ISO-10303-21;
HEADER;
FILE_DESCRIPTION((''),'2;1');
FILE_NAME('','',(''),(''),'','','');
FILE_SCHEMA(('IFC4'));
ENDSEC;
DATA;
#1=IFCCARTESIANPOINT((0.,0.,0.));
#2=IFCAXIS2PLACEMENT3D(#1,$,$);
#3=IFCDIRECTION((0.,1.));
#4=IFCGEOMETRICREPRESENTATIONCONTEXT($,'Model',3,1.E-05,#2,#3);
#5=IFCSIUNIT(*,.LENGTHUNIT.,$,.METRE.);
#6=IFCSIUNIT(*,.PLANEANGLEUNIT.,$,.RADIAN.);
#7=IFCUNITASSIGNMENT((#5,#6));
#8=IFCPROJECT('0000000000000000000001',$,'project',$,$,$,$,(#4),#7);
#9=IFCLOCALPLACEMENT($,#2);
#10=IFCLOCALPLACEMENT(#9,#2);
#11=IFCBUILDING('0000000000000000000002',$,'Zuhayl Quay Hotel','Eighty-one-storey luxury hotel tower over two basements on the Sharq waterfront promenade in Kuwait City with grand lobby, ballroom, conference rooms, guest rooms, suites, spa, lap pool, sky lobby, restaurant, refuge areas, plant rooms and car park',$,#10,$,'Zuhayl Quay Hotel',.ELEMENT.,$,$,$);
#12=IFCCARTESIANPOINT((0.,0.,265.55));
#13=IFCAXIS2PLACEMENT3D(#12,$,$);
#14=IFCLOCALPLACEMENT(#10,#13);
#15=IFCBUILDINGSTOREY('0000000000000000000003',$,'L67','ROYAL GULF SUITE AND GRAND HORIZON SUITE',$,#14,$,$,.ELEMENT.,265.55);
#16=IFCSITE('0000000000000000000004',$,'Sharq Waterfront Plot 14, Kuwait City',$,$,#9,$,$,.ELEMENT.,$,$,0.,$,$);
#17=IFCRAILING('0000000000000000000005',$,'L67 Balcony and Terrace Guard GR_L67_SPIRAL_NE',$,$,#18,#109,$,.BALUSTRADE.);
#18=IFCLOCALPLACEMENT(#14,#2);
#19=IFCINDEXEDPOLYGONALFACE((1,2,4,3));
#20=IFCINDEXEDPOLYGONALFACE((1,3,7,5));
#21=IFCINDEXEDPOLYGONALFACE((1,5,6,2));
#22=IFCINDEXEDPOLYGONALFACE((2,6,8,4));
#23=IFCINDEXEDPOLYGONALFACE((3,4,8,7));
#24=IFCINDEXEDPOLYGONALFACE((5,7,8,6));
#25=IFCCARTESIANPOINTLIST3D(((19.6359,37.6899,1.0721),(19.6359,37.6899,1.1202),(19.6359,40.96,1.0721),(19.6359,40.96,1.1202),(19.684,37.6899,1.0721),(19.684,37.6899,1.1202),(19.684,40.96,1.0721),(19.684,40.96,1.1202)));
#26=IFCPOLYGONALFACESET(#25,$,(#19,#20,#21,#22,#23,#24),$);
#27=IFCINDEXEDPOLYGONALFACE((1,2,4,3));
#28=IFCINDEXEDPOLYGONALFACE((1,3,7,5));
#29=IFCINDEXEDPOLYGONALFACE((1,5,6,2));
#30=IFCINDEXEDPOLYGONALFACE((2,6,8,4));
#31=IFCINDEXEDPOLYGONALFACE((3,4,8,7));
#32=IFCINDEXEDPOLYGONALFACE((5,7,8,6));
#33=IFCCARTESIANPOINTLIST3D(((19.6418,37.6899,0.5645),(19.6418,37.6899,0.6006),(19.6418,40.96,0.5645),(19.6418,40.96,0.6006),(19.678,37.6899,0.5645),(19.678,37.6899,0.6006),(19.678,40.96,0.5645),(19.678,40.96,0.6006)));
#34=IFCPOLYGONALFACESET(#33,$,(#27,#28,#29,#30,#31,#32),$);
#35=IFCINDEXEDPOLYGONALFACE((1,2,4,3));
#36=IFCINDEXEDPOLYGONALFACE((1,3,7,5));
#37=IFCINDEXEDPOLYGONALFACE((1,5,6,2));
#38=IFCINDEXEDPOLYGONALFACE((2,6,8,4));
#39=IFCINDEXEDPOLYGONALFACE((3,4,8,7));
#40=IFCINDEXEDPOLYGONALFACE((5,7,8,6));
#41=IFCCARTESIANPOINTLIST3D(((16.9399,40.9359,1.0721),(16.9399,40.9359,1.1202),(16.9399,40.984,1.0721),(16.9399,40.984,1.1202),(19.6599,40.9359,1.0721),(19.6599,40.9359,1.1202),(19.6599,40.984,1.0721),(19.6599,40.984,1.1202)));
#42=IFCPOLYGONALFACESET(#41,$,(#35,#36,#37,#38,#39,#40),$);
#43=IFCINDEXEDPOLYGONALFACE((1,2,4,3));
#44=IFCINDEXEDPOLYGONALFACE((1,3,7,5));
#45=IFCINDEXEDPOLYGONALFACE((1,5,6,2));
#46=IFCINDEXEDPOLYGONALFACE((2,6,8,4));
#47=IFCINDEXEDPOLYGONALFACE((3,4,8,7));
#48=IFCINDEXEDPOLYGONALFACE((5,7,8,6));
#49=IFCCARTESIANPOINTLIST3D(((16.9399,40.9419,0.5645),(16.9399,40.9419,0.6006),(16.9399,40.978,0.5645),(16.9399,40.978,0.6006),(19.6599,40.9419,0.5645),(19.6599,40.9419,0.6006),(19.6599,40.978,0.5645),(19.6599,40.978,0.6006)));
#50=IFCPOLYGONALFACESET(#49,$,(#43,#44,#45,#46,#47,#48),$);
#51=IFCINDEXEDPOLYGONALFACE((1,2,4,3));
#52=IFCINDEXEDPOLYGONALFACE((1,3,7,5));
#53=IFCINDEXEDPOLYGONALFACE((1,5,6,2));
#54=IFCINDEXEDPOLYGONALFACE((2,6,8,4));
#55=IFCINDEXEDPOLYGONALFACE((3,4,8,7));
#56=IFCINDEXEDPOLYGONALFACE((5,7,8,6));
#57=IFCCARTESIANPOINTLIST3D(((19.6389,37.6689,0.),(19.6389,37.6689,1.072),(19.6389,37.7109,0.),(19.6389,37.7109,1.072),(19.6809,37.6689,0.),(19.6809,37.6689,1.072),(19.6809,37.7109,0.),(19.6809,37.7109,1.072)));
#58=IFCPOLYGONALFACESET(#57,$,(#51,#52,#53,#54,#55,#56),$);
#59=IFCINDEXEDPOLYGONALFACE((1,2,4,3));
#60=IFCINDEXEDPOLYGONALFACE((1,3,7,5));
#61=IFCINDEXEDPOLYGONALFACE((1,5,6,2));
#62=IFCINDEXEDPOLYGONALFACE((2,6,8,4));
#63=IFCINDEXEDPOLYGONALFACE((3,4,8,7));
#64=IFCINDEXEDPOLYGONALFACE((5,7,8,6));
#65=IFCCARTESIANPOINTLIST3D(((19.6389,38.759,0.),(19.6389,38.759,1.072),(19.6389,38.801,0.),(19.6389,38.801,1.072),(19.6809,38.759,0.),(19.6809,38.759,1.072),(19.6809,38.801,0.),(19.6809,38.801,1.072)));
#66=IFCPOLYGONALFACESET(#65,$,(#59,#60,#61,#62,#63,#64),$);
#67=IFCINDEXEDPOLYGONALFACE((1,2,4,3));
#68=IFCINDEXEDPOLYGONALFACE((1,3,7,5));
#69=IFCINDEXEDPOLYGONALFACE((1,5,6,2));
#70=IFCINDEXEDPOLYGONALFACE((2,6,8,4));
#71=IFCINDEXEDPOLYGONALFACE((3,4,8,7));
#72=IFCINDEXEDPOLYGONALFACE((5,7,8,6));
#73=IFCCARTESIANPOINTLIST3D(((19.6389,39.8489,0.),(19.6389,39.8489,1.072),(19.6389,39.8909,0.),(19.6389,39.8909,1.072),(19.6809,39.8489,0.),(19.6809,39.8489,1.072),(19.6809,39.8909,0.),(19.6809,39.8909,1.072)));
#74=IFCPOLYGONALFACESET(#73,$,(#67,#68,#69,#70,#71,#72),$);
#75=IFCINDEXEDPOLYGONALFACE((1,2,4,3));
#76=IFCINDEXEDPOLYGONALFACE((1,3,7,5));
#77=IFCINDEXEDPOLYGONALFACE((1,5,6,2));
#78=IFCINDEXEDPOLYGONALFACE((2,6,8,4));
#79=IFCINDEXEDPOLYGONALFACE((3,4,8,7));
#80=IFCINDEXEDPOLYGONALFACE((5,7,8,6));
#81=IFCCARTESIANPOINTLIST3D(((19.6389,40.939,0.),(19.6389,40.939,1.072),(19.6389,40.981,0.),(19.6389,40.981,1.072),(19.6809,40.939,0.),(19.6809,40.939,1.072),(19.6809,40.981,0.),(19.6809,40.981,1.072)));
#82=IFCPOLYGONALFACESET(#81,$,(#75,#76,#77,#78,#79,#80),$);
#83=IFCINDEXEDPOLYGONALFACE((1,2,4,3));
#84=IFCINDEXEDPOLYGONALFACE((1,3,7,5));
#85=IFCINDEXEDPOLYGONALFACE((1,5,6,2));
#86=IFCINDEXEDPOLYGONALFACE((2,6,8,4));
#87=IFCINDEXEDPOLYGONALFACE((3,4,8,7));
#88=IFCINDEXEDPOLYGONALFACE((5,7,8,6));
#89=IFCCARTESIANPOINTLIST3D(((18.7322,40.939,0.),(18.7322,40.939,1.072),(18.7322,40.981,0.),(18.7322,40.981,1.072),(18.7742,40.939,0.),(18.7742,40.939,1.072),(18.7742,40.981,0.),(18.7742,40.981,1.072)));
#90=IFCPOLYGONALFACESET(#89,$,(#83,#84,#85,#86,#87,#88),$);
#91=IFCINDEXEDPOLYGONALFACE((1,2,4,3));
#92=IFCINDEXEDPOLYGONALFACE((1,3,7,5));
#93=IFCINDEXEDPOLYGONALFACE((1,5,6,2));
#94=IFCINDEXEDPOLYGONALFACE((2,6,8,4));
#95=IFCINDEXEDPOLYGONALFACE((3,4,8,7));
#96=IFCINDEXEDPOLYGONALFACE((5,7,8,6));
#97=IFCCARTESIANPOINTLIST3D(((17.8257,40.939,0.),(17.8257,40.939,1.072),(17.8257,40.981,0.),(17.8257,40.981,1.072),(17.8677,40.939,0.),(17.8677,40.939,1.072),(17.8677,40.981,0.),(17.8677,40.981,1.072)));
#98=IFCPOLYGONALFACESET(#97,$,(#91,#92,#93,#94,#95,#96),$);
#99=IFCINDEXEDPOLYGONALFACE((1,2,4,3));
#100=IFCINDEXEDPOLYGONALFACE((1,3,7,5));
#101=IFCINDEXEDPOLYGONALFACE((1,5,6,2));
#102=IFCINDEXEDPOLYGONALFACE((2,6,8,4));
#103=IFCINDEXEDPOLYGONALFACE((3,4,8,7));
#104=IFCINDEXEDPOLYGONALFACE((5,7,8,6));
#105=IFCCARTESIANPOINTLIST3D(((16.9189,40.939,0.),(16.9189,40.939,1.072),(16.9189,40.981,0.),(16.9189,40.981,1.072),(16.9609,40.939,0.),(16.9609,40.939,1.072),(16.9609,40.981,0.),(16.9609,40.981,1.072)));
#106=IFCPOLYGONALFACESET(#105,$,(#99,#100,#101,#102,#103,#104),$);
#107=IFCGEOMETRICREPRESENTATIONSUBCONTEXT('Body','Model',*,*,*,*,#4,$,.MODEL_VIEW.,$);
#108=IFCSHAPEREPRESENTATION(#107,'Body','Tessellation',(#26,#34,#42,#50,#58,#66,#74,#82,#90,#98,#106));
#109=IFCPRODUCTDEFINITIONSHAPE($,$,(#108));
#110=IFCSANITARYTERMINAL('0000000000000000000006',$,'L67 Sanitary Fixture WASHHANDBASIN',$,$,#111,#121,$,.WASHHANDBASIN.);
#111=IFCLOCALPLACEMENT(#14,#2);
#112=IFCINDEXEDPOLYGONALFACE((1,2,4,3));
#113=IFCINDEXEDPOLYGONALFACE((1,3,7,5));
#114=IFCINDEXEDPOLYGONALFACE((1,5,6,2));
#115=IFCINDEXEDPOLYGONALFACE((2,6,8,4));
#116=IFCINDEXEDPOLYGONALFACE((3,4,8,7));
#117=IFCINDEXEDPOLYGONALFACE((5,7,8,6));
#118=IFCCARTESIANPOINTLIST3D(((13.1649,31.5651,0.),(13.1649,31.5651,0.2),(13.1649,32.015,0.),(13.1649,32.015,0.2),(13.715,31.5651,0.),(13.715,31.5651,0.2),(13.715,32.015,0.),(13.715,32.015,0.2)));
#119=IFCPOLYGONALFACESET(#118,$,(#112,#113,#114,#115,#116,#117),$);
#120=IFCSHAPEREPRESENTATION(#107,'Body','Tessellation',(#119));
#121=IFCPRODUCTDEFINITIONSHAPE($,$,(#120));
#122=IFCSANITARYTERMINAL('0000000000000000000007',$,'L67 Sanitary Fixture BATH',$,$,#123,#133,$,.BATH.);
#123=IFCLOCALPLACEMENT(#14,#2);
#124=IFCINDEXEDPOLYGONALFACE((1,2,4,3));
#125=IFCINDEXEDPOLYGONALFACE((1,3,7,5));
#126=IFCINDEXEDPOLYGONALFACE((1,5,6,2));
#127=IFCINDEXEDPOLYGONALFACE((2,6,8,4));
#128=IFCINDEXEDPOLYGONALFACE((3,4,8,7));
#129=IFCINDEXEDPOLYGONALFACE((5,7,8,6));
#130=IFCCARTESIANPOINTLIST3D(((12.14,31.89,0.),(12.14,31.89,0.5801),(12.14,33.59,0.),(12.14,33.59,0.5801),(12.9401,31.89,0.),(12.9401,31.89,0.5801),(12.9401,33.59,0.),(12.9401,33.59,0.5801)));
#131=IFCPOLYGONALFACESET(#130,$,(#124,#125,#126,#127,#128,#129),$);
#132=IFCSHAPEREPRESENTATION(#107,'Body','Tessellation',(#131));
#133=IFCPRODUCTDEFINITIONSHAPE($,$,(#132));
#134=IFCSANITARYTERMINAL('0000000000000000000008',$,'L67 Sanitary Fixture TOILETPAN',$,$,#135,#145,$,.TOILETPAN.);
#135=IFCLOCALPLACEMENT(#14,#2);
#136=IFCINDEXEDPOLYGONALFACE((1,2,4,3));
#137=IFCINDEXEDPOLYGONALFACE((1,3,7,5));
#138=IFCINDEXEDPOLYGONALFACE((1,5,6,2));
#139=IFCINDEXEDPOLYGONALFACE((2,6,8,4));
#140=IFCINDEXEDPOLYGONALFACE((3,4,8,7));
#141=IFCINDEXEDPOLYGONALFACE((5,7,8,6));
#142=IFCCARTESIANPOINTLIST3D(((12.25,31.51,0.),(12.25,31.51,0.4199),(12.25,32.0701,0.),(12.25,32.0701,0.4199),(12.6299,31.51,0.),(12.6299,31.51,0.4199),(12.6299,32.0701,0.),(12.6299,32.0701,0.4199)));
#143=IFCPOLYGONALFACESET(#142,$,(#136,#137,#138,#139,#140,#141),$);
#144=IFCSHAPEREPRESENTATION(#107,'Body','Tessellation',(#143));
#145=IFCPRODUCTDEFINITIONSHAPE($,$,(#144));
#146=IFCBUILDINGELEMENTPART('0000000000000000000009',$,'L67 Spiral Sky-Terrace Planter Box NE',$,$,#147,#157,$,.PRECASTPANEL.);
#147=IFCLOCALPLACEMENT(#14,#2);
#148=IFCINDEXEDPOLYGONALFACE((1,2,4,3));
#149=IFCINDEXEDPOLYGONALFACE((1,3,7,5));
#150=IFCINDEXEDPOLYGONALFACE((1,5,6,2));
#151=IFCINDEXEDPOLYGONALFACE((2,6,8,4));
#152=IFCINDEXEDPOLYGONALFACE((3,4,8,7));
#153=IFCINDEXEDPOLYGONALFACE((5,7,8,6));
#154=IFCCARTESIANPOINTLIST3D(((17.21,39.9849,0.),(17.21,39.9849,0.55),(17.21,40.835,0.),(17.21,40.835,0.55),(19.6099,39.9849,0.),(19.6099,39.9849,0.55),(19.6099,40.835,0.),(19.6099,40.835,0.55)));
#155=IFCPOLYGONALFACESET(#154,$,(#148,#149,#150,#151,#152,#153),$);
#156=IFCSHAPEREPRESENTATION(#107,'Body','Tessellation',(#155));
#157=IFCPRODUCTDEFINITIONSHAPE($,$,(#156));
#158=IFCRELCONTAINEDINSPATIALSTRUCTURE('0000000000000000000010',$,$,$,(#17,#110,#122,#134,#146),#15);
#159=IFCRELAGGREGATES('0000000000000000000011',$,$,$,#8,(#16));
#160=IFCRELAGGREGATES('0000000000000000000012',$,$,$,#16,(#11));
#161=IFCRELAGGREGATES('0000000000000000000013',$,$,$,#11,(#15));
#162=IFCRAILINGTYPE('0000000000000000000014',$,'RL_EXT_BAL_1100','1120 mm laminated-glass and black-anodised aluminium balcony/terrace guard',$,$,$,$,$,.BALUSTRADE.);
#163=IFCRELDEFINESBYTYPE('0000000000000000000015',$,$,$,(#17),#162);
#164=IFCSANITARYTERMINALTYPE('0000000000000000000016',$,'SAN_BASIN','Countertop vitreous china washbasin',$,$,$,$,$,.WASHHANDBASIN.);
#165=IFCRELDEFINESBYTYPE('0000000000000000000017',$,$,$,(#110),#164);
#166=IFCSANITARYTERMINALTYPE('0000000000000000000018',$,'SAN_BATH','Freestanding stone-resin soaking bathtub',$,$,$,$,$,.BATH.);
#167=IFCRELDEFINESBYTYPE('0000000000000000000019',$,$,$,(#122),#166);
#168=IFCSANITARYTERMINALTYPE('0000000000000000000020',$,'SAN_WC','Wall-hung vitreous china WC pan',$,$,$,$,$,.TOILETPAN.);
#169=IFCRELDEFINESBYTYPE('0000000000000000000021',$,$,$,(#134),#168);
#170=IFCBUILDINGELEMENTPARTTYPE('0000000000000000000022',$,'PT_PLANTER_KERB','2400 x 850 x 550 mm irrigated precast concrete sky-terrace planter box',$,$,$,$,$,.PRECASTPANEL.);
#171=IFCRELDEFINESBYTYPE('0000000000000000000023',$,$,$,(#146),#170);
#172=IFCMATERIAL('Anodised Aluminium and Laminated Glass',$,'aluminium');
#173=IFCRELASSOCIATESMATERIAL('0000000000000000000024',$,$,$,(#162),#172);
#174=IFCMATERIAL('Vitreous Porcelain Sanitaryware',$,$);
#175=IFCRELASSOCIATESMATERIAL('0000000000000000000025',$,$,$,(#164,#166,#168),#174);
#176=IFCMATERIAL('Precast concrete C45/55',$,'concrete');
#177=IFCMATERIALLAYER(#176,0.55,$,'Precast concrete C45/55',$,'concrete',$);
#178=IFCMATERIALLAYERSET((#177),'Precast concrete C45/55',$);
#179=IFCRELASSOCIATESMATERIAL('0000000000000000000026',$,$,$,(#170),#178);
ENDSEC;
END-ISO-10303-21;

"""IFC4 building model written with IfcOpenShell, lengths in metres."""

from ifc_helpers import new_model, si_unit, direction, frame, origin, origin_2d, place, context, subcontext, project, spatial, rectangle, extrude, material, layer, layer_set, type_object, element, save


model = new_model("IFC4")

# Units and contexts
model_context = context("Model", 3, precision=1e-05, world=origin(), true_north=direction((0.0, 1.0)))
body_context = subcontext(model_context, "Body", "Model", "MODEL_VIEW")
ifc_project = project(units=[si_unit("LENGTHUNIT", "METRE"), si_unit("PLANEANGLEUNIT", "RADIAN")], contexts=[model_context])

# Site, building, storey
site_placement = place(None, origin())
site = spatial("IfcSite", under=ifc_project, at=site_placement, Name="Sharq Waterfront Plot 14, Kuwait City", CompositionType="ELEMENT", RefElevation=0.0)
building_placement = place(site_placement, origin())
building = spatial("IfcBuilding", under=site, at=building_placement, Name="Zuhayl Quay Hotel", Description="Eighty-one-storey luxury hotel tower over two basements on the Sharq waterfront promenade in Kuwait City with grand lobby, ballroom, conference rooms, guest rooms, suites, spa, lap pool, sky lobby, restaurant, refuge areas, plant rooms and car park", LongName="Zuhayl Quay Hotel", CompositionType="ELEMENT")
storey_placement = place(building_placement, frame((0.0, 0.0, 265.55)))
storey = spatial("IfcBuildingStorey", under=building, at=storey_placement, Name="L67", Description="ROYAL GULF SUITE AND GRAND HORIZON SUITE", CompositionType="ELEMENT", Elevation=265.55)

# Shared definitions
ifc_material_1 = material(Name="Precast concrete C45/55", Category="concrete")

# Railing
ifc_material_2 = material(Name="Anodised Aluminium and Laminated Glass", Category="aluminium")
railing_type = type_object("IfcRailingType", Name="RL_EXT_BAL_1100", Description="1120 mm laminated-glass and black-anodised aluminium balcony/terrace guard", PredefinedType="BALUSTRADE", material=ifc_material_2)
railing_placement = place(storey_placement, frame((19.6599, 37.6899, 0.0)))
element("IfcRailing", 1, at=railing_placement, inside=storey, type_object=railing_type, Name="L67 Balcony and Terrace Guard GR_L67_SPIRAL_NE", PredefinedType="BALUSTRADE", context=body_context, shape_type="SweptSolid", body=[
    extrude(rectangle(XDim=0.0481, YDim=0.0481, at=origin_2d()), frame((0.0, 0.0, 1.0962), z_axis=(0.0, 1.0, 0.0), x_axis=(-1.0, 0.0, 0.0)), (0.0, 0.0, 1.0), 3.27),
    extrude(rectangle(XDim=0.0361, YDim=0.0361, at=origin_2d()), frame((0.0, 0.0, 0.5825), z_axis=(0.0, 1.0, 0.0), x_axis=(-1.0, 0.0, 0.0)), (0.0, 0.0, 1.0), 3.27),
    extrude(rectangle(XDim=0.0481, YDim=0.0481, at=origin_2d()), frame((0.0, 3.27, 1.0962), z_axis=(-1.0, 0.0, 0.0), x_axis=(0.0, -1.0, 0.0)), (0.0, 0.0, 1.0), 2.72),
    extrude(rectangle(XDim=0.0361, YDim=0.0361, at=origin_2d()), frame((0.0, 3.27, 0.5825), z_axis=(-1.0, 0.0, 0.0), x_axis=(0.0, -1.0, 0.0)), (0.0, 0.0, 1.0), 2.72),
    extrude(rectangle(XDim=0.042, YDim=0.042, at=origin_2d()), origin(), (0.0, 0.0, 1.0), 1.072),
    extrude(rectangle(XDim=0.042, YDim=0.042, at=origin_2d()), frame((0.0, 1.0901, 0.0)), (0.0, 0.0, 1.0), 1.072),
    extrude(rectangle(XDim=0.042, YDim=0.042, at=origin_2d()), frame((0.0, 2.1799, 0.0)), (0.0, 0.0, 1.0), 1.072),
    extrude(rectangle(XDim=0.042, YDim=0.042, at=origin_2d()), frame((0.0, 3.27, 0.0)), (0.0, 0.0, 1.0), 1.072),
    extrude(rectangle(XDim=0.042, YDim=0.042, at=origin_2d()), frame((-0.9067, 3.27, 0.0)), (0.0, 0.0, 1.0), 1.072),
    extrude(rectangle(XDim=0.042, YDim=0.042, at=origin_2d()), frame((-1.8132, 3.27, 0.0)), (0.0, 0.0, 1.0), 1.072),
    extrude(rectangle(XDim=0.042, YDim=0.042, at=origin_2d()), frame((-2.72, 3.27, 0.0)), (0.0, 0.0, 1.0), 1.072),
])

# Sanitary terminals
ifc_material_3 = material(Name="Vitreous Porcelain Sanitaryware")
sanitary_terminal_type_1 = type_object("IfcSanitaryTerminalType", Name="SAN_BASIN", Description="Countertop vitreous china washbasin", PredefinedType="WASHHANDBASIN", material=ifc_material_3)
sanitary_terminal_1_placement = place(storey_placement, frame((13.4399, 31.79, 0.0), z_axis=(0.0, 0.0, 1.0), x_axis=(1.0, 0.0, 0.0)))
element("IfcSanitaryTerminal", 2, at=sanitary_terminal_1_placement, inside=storey, type_object=sanitary_terminal_type_1, Name="L67 Sanitary Fixture WASHHANDBASIN", PredefinedType="WASHHANDBASIN", context=body_context, shape_type="SweptSolid", body=[
    extrude(rectangle(XDim=0.55, YDim=0.45, at=origin_2d()), origin(), (0.0, 0.0, 1.0), 0.2),
])
sanitary_terminal_type_2 = type_object("IfcSanitaryTerminalType", Name="SAN_BATH", Description="Freestanding stone-resin soaking bathtub", PredefinedType="BATH", material=ifc_material_3)
sanitary_terminal_2_placement = place(storey_placement, frame((12.54, 32.74, 0.0), z_axis=(0.0, 0.0, 1.0), x_axis=(1.0, 0.0, 0.0)))
element("IfcSanitaryTerminal", 3, at=sanitary_terminal_2_placement, inside=storey, type_object=sanitary_terminal_type_2, Name="L67 Sanitary Fixture BATH", PredefinedType="BATH", context=body_context, shape_type="SweptSolid", body=[
    extrude(rectangle(XDim=0.8, YDim=1.7, at=origin_2d()), origin(), (0.0, 0.0, 1.0), 0.5801),
])
sanitary_terminal_type_3 = type_object("IfcSanitaryTerminalType", Name="SAN_WC", Description="Wall-hung vitreous china WC pan", PredefinedType="TOILETPAN", material=ifc_material_3)
sanitary_terminal_3_placement = place(storey_placement, frame((12.4399, 31.79, 0.0), z_axis=(0.0, 0.0, 1.0), x_axis=(1.0, 0.0, 0.0)))
element("IfcSanitaryTerminal", 4, at=sanitary_terminal_3_placement, inside=storey, type_object=sanitary_terminal_type_3, Name="L67 Sanitary Fixture TOILETPAN", PredefinedType="TOILETPAN", context=body_context, shape_type="SweptSolid", body=[
    extrude(rectangle(XDim=0.3799, YDim=0.5601, at=origin_2d()), origin(), (0.0, 0.0, 1.0), 0.4199),
])

# Building element part
ifc_layer_1 = layer(ifc_material_1, 0.55, Name="Precast concrete C45/55", Category="concrete")
ifc_layer_set_1 = layer_set([ifc_layer_1], Name="Precast concrete C45/55")
building_element_part_type = type_object("IfcBuildingElementPartType", Name="PT_PLANTER_KERB", Description="2400 x 850 x 550 mm irrigated precast concrete sky-terrace planter box", PredefinedType="PRECASTPANEL", material=ifc_layer_set_1)
building_element_part_placement = place(storey_placement, frame((18.4099, 40.4099, 0.0), z_axis=(0.0, 0.0, 1.0), x_axis=(1.0, 0.0, 0.0)))
element("IfcBuildingElementPart", 5, at=building_element_part_placement, inside=storey, type_object=building_element_part_type, Name="L67 Spiral Sky-Terrace Planter Box NE", PredefinedType="PRECASTPANEL", context=body_context, shape_type="SweptSolid", body=[
    extrude(rectangle(XDim=2.3999, YDim=0.8501, at=origin_2d()), origin(), (0.0, 0.0, 1.0), 0.55),
])

save(model, "model.ifc")
